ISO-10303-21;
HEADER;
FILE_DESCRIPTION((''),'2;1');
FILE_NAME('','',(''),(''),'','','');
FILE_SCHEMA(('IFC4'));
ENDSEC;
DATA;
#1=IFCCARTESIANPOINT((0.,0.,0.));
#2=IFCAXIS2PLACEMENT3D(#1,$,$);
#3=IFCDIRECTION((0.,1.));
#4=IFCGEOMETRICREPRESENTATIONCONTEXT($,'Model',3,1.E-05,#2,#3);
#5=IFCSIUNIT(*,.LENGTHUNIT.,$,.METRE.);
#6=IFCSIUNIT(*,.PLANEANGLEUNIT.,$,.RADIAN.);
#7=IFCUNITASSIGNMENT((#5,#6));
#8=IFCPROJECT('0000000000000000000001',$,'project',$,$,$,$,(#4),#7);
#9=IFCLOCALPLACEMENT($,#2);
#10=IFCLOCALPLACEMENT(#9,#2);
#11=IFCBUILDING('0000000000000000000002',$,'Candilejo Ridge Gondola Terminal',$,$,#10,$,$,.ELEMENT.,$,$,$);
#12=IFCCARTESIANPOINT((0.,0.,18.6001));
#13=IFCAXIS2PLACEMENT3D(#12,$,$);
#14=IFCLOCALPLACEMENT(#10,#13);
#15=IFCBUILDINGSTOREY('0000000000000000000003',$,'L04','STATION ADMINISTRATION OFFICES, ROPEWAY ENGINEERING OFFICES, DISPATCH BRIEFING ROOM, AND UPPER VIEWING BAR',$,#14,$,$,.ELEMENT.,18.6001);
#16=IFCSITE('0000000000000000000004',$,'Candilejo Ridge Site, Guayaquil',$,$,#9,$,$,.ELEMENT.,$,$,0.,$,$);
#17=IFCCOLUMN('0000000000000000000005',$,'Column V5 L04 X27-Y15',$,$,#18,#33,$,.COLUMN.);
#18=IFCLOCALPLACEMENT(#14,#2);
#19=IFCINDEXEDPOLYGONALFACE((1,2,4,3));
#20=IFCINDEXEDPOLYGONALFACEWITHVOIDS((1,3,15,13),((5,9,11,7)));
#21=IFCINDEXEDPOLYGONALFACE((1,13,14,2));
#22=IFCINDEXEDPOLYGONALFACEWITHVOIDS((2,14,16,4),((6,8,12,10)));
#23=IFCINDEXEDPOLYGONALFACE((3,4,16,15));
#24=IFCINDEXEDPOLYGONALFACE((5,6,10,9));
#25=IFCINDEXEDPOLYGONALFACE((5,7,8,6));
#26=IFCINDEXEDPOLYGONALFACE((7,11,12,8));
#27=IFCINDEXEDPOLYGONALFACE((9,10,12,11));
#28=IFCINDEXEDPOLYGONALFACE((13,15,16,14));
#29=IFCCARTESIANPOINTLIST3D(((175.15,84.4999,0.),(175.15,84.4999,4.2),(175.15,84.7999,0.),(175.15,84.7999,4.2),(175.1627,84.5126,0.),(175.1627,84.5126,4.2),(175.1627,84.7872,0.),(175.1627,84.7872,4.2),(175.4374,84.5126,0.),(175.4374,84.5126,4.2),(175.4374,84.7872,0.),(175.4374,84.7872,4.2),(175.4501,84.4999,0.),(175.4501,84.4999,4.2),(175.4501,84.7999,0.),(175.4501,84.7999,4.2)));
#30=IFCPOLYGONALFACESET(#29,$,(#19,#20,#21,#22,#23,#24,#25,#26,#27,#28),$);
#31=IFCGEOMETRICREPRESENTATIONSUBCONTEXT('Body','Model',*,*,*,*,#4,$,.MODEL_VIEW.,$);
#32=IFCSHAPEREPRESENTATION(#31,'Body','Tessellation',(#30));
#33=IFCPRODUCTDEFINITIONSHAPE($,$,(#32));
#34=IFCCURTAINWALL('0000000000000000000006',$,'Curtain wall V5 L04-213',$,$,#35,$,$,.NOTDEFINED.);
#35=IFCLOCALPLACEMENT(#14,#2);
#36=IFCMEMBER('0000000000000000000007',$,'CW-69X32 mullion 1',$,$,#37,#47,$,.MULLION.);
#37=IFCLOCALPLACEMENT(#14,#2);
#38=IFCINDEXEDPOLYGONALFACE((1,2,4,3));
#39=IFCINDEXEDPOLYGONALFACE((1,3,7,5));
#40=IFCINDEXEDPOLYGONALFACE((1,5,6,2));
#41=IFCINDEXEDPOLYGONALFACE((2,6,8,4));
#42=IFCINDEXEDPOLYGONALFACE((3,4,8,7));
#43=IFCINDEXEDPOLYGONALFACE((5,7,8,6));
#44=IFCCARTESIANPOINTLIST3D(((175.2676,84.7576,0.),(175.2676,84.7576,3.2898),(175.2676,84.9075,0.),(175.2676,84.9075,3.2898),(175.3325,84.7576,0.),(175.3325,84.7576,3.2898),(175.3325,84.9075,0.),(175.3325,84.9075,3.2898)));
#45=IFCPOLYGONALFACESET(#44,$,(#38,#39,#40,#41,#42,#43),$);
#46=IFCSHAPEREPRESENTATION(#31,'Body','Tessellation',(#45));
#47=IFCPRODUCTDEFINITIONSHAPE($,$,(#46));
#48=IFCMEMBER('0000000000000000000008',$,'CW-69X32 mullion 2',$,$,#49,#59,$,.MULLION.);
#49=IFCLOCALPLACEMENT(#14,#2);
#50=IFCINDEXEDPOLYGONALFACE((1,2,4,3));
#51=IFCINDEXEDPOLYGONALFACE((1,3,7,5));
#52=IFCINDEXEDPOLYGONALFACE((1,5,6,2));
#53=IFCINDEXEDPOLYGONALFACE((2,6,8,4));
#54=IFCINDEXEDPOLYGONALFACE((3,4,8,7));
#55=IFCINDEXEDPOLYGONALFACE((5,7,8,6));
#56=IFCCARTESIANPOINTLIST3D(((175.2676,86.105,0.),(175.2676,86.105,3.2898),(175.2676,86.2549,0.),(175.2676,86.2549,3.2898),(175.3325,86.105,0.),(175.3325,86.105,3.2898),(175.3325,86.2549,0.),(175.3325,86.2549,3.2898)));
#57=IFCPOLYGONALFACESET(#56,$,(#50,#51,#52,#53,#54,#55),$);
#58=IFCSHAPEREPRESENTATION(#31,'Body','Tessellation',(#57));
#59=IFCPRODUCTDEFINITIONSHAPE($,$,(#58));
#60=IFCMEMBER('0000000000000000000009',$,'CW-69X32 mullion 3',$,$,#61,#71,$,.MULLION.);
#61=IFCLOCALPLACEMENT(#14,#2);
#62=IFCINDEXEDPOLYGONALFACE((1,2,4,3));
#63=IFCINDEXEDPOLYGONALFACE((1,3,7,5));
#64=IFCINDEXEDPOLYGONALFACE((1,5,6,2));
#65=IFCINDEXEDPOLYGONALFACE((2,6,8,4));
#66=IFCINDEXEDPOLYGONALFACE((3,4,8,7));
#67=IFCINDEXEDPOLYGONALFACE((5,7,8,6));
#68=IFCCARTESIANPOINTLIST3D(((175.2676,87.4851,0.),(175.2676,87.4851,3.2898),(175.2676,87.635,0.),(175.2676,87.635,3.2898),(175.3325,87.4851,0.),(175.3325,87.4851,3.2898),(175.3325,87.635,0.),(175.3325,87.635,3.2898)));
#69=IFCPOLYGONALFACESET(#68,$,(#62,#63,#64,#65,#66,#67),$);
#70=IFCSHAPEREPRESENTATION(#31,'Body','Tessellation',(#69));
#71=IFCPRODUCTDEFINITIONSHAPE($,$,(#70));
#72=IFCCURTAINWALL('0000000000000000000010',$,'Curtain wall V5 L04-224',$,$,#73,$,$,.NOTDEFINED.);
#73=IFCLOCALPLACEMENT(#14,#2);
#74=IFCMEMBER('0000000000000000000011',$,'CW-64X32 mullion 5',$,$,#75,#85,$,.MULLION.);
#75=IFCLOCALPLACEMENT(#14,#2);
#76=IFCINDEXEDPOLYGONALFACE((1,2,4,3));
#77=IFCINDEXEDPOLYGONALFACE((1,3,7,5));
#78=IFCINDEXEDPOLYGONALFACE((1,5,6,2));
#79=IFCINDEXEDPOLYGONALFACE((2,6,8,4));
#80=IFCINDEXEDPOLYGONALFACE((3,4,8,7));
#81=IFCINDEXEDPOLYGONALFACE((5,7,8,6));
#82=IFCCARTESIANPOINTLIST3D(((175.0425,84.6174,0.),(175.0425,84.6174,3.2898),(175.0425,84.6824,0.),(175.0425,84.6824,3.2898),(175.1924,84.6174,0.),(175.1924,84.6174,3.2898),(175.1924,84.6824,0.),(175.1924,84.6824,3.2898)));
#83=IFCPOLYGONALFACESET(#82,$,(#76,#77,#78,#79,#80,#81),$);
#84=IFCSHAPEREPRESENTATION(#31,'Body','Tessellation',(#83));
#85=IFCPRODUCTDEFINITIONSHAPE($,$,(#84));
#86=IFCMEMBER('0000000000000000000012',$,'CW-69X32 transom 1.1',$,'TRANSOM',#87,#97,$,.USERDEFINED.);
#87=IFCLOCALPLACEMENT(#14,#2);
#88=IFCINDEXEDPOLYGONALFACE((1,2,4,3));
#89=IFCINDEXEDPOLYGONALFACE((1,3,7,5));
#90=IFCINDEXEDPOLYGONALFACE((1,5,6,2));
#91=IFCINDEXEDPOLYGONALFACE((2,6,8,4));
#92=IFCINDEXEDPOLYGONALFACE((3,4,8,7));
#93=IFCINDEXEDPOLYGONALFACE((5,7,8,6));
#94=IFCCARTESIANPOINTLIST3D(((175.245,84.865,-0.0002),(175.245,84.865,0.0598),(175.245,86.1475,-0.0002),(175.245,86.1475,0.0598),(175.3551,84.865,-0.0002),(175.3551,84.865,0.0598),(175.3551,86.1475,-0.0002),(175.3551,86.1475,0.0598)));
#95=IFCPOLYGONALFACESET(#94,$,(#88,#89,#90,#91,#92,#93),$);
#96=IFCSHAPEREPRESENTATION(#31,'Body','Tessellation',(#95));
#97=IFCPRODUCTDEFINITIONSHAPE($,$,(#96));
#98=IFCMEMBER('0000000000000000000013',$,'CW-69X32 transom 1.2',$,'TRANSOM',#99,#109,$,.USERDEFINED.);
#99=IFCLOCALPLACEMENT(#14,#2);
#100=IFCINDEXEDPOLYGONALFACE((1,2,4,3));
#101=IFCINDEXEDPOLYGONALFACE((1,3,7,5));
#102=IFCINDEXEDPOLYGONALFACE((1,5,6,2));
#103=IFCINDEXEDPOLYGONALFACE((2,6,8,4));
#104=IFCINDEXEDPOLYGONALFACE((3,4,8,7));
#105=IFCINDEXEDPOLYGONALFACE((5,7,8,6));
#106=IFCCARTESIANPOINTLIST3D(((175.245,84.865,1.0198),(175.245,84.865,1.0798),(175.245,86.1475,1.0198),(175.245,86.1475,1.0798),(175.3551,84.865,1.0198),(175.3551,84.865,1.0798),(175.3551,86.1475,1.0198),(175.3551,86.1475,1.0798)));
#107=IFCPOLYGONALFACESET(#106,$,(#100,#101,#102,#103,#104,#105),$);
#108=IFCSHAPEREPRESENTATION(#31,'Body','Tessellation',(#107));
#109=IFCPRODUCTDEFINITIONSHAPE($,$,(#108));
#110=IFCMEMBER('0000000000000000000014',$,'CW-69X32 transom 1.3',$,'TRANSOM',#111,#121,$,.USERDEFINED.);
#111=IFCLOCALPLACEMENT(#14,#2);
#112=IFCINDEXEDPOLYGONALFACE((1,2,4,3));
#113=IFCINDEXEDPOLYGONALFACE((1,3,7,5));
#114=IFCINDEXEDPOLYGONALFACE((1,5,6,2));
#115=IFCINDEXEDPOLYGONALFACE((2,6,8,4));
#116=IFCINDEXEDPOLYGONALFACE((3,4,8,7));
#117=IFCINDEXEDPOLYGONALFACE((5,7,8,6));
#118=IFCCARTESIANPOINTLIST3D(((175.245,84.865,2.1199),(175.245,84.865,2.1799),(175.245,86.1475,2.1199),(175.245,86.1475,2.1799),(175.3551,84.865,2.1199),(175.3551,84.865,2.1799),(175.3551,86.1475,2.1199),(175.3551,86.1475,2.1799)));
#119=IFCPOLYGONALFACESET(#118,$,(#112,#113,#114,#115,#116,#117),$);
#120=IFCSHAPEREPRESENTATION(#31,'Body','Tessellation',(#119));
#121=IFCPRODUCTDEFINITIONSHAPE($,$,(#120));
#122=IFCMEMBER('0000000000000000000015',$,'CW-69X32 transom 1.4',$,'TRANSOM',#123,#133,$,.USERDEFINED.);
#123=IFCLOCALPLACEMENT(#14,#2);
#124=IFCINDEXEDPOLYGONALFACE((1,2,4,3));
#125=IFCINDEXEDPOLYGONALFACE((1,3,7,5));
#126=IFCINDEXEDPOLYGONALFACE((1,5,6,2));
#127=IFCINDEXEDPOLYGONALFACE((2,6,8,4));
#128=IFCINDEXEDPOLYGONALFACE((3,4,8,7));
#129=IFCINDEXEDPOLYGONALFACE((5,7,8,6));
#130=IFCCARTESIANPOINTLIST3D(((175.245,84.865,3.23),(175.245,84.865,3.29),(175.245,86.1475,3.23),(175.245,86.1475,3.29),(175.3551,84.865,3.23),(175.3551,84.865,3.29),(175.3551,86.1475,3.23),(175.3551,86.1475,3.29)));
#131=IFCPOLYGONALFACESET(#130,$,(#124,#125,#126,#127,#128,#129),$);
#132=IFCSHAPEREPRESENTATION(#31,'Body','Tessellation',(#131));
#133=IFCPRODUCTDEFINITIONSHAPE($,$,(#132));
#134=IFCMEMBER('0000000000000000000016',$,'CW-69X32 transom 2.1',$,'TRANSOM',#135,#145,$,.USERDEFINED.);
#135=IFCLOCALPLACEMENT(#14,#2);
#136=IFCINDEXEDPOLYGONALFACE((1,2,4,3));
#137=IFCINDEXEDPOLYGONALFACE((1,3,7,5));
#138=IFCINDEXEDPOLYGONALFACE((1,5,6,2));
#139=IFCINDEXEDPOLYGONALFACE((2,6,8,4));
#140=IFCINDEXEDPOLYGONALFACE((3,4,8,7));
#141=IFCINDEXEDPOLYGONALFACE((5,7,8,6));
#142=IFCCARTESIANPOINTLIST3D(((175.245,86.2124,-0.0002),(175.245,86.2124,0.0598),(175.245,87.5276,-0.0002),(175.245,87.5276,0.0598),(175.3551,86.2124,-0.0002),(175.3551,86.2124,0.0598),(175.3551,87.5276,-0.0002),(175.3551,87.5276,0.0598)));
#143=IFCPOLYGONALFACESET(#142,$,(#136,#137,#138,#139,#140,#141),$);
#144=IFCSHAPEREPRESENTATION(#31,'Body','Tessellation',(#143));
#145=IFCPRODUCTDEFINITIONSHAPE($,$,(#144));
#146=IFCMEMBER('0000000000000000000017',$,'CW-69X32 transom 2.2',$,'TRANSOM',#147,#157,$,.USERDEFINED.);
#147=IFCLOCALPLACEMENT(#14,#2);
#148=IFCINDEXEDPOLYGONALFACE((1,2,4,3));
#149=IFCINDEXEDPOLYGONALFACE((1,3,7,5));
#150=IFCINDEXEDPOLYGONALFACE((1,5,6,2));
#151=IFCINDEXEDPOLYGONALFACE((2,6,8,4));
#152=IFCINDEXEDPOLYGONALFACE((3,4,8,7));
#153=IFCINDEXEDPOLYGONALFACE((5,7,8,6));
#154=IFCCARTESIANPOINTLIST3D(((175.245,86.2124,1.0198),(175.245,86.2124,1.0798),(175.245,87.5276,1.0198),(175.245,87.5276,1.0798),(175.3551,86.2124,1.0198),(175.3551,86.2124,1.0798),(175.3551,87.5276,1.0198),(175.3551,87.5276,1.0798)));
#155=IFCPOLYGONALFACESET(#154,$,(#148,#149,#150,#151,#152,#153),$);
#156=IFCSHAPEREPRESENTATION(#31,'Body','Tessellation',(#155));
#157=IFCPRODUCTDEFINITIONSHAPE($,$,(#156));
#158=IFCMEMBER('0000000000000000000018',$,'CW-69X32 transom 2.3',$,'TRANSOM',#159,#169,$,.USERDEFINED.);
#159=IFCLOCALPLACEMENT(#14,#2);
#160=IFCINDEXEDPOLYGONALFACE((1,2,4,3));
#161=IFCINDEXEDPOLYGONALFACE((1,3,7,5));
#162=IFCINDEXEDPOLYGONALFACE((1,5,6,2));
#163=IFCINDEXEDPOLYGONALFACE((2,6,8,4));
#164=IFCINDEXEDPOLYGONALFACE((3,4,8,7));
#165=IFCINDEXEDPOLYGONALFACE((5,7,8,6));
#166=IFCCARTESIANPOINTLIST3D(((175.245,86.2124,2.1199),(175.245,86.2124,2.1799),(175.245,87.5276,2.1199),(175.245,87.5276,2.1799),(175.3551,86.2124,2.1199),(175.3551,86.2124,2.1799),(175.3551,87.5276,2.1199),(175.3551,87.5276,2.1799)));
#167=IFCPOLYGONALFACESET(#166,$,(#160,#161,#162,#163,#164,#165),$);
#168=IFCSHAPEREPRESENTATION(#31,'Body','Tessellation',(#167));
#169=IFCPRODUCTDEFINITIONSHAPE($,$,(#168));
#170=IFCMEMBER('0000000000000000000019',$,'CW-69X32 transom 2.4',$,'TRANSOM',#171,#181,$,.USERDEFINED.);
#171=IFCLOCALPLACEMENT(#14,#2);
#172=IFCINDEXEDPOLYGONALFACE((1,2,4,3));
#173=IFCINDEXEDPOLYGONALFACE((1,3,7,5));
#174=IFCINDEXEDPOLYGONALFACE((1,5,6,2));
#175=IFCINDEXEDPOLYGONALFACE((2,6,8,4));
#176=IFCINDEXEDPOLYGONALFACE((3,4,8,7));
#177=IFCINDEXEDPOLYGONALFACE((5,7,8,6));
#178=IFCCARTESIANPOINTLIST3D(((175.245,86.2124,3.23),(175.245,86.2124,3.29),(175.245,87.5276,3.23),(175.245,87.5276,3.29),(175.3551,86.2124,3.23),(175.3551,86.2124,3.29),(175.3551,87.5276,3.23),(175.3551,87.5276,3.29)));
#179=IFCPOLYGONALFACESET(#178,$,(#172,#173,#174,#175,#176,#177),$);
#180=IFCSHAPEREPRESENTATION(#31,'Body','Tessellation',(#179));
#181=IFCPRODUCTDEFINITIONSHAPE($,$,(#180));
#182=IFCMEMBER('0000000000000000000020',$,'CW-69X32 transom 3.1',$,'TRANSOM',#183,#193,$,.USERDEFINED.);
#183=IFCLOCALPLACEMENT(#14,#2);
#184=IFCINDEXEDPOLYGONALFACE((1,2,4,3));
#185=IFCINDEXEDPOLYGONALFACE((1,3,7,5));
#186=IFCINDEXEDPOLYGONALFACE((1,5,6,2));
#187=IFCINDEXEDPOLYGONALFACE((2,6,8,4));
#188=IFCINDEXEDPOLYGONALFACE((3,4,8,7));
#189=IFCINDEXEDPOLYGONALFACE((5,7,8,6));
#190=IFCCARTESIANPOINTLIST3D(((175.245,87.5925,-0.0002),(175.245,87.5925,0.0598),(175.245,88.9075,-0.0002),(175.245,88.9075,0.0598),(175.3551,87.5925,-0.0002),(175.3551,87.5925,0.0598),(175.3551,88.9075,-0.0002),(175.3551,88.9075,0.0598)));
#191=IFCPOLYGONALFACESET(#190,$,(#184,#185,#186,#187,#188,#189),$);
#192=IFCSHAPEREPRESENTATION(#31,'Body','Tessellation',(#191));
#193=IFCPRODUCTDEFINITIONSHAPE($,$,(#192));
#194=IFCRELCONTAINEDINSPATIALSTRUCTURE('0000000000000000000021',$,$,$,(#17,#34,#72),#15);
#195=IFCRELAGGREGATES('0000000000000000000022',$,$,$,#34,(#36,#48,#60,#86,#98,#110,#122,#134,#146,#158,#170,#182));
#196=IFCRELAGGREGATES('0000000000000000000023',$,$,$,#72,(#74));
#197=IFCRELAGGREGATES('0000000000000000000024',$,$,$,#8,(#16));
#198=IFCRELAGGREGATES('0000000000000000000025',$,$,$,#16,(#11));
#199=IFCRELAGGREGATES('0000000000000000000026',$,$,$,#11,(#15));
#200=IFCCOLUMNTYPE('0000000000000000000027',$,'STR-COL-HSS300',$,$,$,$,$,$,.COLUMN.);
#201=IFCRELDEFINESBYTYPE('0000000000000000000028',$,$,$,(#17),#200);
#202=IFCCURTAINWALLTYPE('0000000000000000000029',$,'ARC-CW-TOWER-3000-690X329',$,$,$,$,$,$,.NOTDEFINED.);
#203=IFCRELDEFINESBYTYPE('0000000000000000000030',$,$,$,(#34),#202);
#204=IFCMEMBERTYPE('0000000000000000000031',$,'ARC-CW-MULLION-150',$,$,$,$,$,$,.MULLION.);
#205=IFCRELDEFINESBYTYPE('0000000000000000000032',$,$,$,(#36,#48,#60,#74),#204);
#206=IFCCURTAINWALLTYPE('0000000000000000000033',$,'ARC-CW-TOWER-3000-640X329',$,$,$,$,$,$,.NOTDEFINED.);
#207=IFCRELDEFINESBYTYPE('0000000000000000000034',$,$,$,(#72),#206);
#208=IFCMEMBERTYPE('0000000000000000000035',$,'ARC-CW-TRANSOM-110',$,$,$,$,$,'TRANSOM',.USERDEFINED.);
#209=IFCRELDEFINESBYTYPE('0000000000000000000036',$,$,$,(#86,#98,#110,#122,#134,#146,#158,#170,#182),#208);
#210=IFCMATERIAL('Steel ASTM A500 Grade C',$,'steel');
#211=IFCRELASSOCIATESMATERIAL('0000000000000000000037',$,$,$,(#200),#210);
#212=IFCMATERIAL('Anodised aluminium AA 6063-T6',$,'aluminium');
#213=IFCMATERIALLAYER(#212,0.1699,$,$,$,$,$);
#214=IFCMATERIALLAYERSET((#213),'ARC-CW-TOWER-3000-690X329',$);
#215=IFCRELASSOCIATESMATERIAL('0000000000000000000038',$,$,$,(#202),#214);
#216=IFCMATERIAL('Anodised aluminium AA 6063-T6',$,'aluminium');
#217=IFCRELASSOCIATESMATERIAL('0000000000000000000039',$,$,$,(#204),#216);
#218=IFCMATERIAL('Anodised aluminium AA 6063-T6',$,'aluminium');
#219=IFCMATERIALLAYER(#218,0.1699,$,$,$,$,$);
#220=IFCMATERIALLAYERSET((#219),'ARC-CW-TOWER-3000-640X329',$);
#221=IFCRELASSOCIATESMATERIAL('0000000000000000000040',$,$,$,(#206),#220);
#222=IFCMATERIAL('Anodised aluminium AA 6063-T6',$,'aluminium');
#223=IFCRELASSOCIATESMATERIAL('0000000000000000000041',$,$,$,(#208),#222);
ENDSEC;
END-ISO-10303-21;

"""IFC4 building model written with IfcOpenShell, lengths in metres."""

from ifc_helpers import new_model, si_unit, direction, frame, origin, origin_2d, place, context, subcontext, project, spatial, rectangle, hollow_rectangle, extrude, material, layer, layer_set, material_profile, profile_set, type_object, element, aggregate, save


model = new_model("IFC4")

# Units and contexts
model_context = context("Model", 3, precision=1e-05, world=origin(), true_north=direction((0.0, 1.0)))
body_context = subcontext(model_context, "Body", "Model", "MODEL_VIEW")
ifc_project = project(units=[si_unit("LENGTHUNIT", "METRE"), si_unit("PLANEANGLEUNIT", "RADIAN")], contexts=[model_context])

# Site, building, storey
site_placement = place(None, origin())
site = spatial("IfcSite", under=ifc_project, at=site_placement, Name="Candilejo Ridge Site, Guayaquil", CompositionType="ELEMENT", RefElevation=0.0)
building_placement = place(site_placement, origin())
building = spatial("IfcBuilding", under=site, at=building_placement, Name="Candilejo Ridge Gondola Terminal", CompositionType="ELEMENT")
storey_placement = place(building_placement, frame((0.0, 0.0, 18.6001)))
storey = spatial("IfcBuildingStorey", under=building, at=storey_placement, Name="L04", Description="STATION ADMINISTRATION OFFICES, ROPEWAY ENGINEERING OFFICES, DISPATCH BRIEFING ROOM, AND UPPER VIEWING BAR", CompositionType="ELEMENT", Elevation=18.6001)

# Column
ifc_material_1 = material(Name="Steel ASTM A500 Grade C", Category="steel")
ifc_material_profile_1 = material_profile(ifc_material_1, hollow_rectangle(XDim=0.3, YDim=0.3, WallThickness=0.0127, at=origin_2d()))
ifc_profile_set_1 = profile_set([ifc_material_profile_1], Name="Steel ASTM A500 Grade C")
column_type = type_object("IfcColumnType", Name="STR-COL-HSS300", PredefinedType="COLUMN", material=ifc_profile_set_1)
column_placement = place(storey_placement, frame((175.3, 84.6499, 0.0), z_axis=(0.0, 0.0, 1.0), x_axis=(1.0, 0.0, 0.0)))
element("IfcColumn", 1, at=column_placement, inside=storey, type_object=column_type, Name="Column V5 L04 X27-Y15", PredefinedType="COLUMN", context=body_context, shape_type="SweptSolid", body=[
    extrude(hollow_rectangle(XDim=0.3, YDim=0.3, WallThickness=0.0127, at=origin_2d()), origin(), (0.0, 0.0, 1.0), 4.2),
])

# Curtain wall, members
ifc_material_2 = material(Name="Anodised aluminium AA 6063-T6", Category="aluminium")
ifc_layer_1 = layer(ifc_material_2, 0.1699)
ifc_layer_set_1 = layer_set([ifc_layer_1], Name="ARC-CW-TOWER-3000-690X329")
curtain_wall_type_1 = type_object("IfcCurtainWallType", Name="ARC-CW-TOWER-3000-690X329", PredefinedType="NOTDEFINED", material=ifc_layer_set_1)
curtain_wall_1_placement = place(storey_placement, origin())
curtain_wall_1 = element("IfcCurtainWall", 2, at=curtain_wall_1_placement, inside=storey, type_object=curtain_wall_type_1, Name="Curtain wall V5 L04-213", PredefinedType="NOTDEFINED")
ifc_material_3 = material(Name="Anodised aluminium AA 6063-T6", Category="aluminium")
ifc_material_profile_2 = material_profile(ifc_material_3, rectangle(XDim=0.0649, YDim=0.1499, at=origin_2d()))
ifc_profile_set_2 = profile_set([ifc_material_profile_2], Name="Anodised aluminium AA 6063-T6")
member_type_1 = type_object("IfcMemberType", Name="ARC-CW-MULLION-150", PredefinedType="MULLION", material=ifc_profile_set_2)
member_1_placement = place(storey_placement, frame((175.3, 84.8325, 0.0), z_axis=(0.0, 0.0, 1.0), x_axis=(-1.0, 0.0, 0.0)))
member_1 = element("IfcMember", 3, at=member_1_placement, type_object=member_type_1, Name="CW-69X32 mullion 1", PredefinedType="MULLION", context=body_context, shape_type="SweptSolid", body=[
    extrude(rectangle(XDim=0.0649, YDim=0.1499, at=origin_2d()), origin(), (0.0, 0.0, 1.0), 3.2898),
])
member_2_placement = place(storey_placement, frame((175.3, 86.1799, 0.0), z_axis=(0.0, 0.0, 1.0), x_axis=(-1.0, 0.0, 0.0)))
member_2 = element("IfcMember", 4, at=member_2_placement, type_object=member_type_1, Name="CW-69X32 mullion 2", PredefinedType="MULLION", context=body_context, shape_type="SweptSolid", body=[
    extrude(rectangle(XDim=0.0649, YDim=0.1499, at=origin_2d()), origin(), (0.0, 0.0, 1.0), 3.2898),
])
member_3_placement = place(storey_placement, frame((175.3, 87.5601, 0.0), z_axis=(0.0, 0.0, 1.0), x_axis=(-1.0, 0.0, 0.0)))
member_3 = element("IfcMember", 5, at=member_3_placement, type_object=member_type_1, Name="CW-69X32 mullion 3", PredefinedType="MULLION", context=body_context, shape_type="SweptSolid", body=[
    extrude(rectangle(XDim=0.0649, YDim=0.1499, at=origin_2d()), origin(), (0.0, 0.0, 1.0), 3.2898),
])

# Curtain wall, member
ifc_material_4 = material(Name="Anodised aluminium AA 6063-T6", Category="aluminium")
ifc_layer_2 = layer(ifc_material_4, 0.1699)
ifc_layer_set_2 = layer_set([ifc_layer_2], Name="ARC-CW-TOWER-3000-640X329")
curtain_wall_type_2 = type_object("IfcCurtainWallType", Name="ARC-CW-TOWER-3000-640X329", PredefinedType="NOTDEFINED", material=ifc_layer_set_2)
curtain_wall_2_placement = place(storey_placement, origin())
curtain_wall_2 = element("IfcCurtainWall", 6, at=curtain_wall_2_placement, inside=storey, type_object=curtain_wall_type_2, Name="Curtain wall V5 L04-224", PredefinedType="NOTDEFINED")
member_4_placement = place(storey_placement, frame((175.1174, 84.6499, 0.0), z_axis=(0.0, 0.0, 1.0), x_axis=(0.0, 1.0, 0.0)))
member_4 = element("IfcMember", 7, at=member_4_placement, type_object=member_type_1, Name="CW-64X32 mullion 5", PredefinedType="MULLION", context=body_context, shape_type="SweptSolid", body=[
    extrude(rectangle(XDim=0.0649, YDim=0.1499, at=origin_2d()), origin(), (0.0, 0.0, 1.0), 3.2898),
])

# Members
ifc_material_5 = material(Name="Anodised aluminium AA 6063-T6", Category="aluminium")
ifc_material_profile_3 = material_profile(ifc_material_5, rectangle(XDim=0.1101, YDim=0.0601, at=origin_2d()))
ifc_profile_set_3 = profile_set([ifc_material_profile_3], Name="Anodised aluminium AA 6063-T6")
member_type_2 = type_object("IfcMemberType", Name="ARC-CW-TRANSOM-110", ElementType="TRANSOM", PredefinedType="USERDEFINED", material=ifc_profile_set_3)
member_5_placement = place(storey_placement, frame((175.3, 84.865, 0.0298), z_axis=(0.0, 1.0, 0.0), x_axis=(-1.0, 0.0, 0.0)))
member_5 = element("IfcMember", 8, at=member_5_placement, type_object=member_type_2, Name="CW-69X32 transom 1.1", ObjectType="TRANSOM", PredefinedType="USERDEFINED", context=body_context, shape_type="SweptSolid", body=[
    extrude(rectangle(XDim=0.1101, YDim=0.0601, at=origin_2d()), origin(), (0.0, 0.0, 1.0), 1.2825),
])
member_6_placement = place(storey_placement, frame((175.3, 84.865, 1.0498), z_axis=(0.0, 1.0, 0.0), x_axis=(-1.0, 0.0, 0.0)))
member_6 = element("IfcMember", 9, at=member_6_placement, type_object=member_type_2, Name="CW-69X32 transom 1.2", ObjectType="TRANSOM", PredefinedType="USERDEFINED", context=body_context, shape_type="SweptSolid", body=[
    extrude(rectangle(XDim=0.1101, YDim=0.0601, at=origin_2d()), origin(), (0.0, 0.0, 1.0), 1.2825),
])
member_7_placement = place(storey_placement, frame((175.3, 84.865, 2.1499), z_axis=(0.0, 1.0, 0.0), x_axis=(-1.0, 0.0, 0.0)))
member_7 = element("IfcMember", 10, at=member_7_placement, type_object=member_type_2, Name="CW-69X32 transom 1.3", ObjectType="TRANSOM", PredefinedType="USERDEFINED", context=body_context, shape_type="SweptSolid", body=[
    extrude(rectangle(XDim=0.1101, YDim=0.0601, at=origin_2d()), origin(), (0.0, 0.0, 1.0), 1.2825),
])
member_8_placement = place(storey_placement, frame((175.3, 84.865, 3.26), z_axis=(0.0, 1.0, 0.0), x_axis=(-1.0, 0.0, 0.0)))
member_8 = element("IfcMember", 11, at=member_8_placement, type_object=member_type_2, Name="CW-69X32 transom 1.4", ObjectType="TRANSOM", PredefinedType="USERDEFINED", context=body_context, shape_type="SweptSolid", body=[
    extrude(rectangle(XDim=0.1101, YDim=0.0601, at=origin_2d()), origin(), (0.0, 0.0, 1.0), 1.2825),
])
member_9_placement = place(storey_placement, frame((175.3, 86.2124, 0.0298), z_axis=(0.0, 1.0, 0.0), x_axis=(-1.0, 0.0, 0.0)))
member_9 = element("IfcMember", 12, at=member_9_placement, type_object=member_type_2, Name="CW-69X32 transom 2.1", ObjectType="TRANSOM", PredefinedType="USERDEFINED", context=body_context, shape_type="SweptSolid", body=[
    extrude(rectangle(XDim=0.1101, YDim=0.0601, at=origin_2d()), origin(), (0.0, 0.0, 1.0), 1.3152),
])
member_10_placement = place(storey_placement, frame((175.3, 86.2124, 1.0498), z_axis=(0.0, 1.0, 0.0), x_axis=(-1.0, 0.0, 0.0)))
member_10 = element("IfcMember", 13, at=member_10_placement, type_object=member_type_2, Name="CW-69X32 transom 2.2", ObjectType="TRANSOM", PredefinedType="USERDEFINED", context=body_context, shape_type="SweptSolid", body=[
    extrude(rectangle(XDim=0.1101, YDim=0.0601, at=origin_2d()), origin(), (0.0, 0.0, 1.0), 1.3152),
])
member_11_placement = place(storey_placement, frame((175.3, 86.2124, 2.1499), z_axis=(0.0, 1.0, 0.0), x_axis=(-1.0, 0.0, 0.0)))
member_11 = element("IfcMember", 14, at=member_11_placement, type_object=member_type_2, Name="CW-69X32 transom 2.3", ObjectType="TRANSOM", PredefinedType="USERDEFINED", context=body_context, shape_type="SweptSolid", body=[
    extrude(rectangle(XDim=0.1101, YDim=0.0601, at=origin_2d()), origin(), (0.0, 0.0, 1.0), 1.3152),
])
member_12_placement = place(storey_placement, frame((175.3, 86.2124, 3.26), z_axis=(0.0, 1.0, 0.0), x_axis=(-1.0, 0.0, 0.0)))
member_12 = element("IfcMember", 15, at=member_12_placement, type_object=member_type_2, Name="CW-69X32 transom 2.4", ObjectType="TRANSOM", PredefinedType="USERDEFINED", context=body_context, shape_type="SweptSolid", body=[
    extrude(rectangle(XDim=0.1101, YDim=0.0601, at=origin_2d()), origin(), (0.0, 0.0, 1.0), 1.3152),
])
member_13_placement = place(storey_placement, frame((175.3, 87.5925, 0.0298), z_axis=(0.0, 1.0, 0.0), x_axis=(-1.0, 0.0, 0.0)))
member_13 = element("IfcMember", 16, at=member_13_placement, type_object=member_type_2, Name="CW-69X32 transom 3.1", ObjectType="TRANSOM", PredefinedType="USERDEFINED", context=body_context, shape_type="SweptSolid", body=[
    extrude(rectangle(XDim=0.1101, YDim=0.0601, at=origin_2d()), origin(), (0.0, 0.0, 1.0), 1.3149),
])

aggregate(curtain_wall_1, [member_1, member_2, member_3, member_5, member_6, member_7, member_8, member_9, member_10, member_11, member_12, member_13])
aggregate(curtain_wall_2, [member_4])

save(model, "model.ifc")
